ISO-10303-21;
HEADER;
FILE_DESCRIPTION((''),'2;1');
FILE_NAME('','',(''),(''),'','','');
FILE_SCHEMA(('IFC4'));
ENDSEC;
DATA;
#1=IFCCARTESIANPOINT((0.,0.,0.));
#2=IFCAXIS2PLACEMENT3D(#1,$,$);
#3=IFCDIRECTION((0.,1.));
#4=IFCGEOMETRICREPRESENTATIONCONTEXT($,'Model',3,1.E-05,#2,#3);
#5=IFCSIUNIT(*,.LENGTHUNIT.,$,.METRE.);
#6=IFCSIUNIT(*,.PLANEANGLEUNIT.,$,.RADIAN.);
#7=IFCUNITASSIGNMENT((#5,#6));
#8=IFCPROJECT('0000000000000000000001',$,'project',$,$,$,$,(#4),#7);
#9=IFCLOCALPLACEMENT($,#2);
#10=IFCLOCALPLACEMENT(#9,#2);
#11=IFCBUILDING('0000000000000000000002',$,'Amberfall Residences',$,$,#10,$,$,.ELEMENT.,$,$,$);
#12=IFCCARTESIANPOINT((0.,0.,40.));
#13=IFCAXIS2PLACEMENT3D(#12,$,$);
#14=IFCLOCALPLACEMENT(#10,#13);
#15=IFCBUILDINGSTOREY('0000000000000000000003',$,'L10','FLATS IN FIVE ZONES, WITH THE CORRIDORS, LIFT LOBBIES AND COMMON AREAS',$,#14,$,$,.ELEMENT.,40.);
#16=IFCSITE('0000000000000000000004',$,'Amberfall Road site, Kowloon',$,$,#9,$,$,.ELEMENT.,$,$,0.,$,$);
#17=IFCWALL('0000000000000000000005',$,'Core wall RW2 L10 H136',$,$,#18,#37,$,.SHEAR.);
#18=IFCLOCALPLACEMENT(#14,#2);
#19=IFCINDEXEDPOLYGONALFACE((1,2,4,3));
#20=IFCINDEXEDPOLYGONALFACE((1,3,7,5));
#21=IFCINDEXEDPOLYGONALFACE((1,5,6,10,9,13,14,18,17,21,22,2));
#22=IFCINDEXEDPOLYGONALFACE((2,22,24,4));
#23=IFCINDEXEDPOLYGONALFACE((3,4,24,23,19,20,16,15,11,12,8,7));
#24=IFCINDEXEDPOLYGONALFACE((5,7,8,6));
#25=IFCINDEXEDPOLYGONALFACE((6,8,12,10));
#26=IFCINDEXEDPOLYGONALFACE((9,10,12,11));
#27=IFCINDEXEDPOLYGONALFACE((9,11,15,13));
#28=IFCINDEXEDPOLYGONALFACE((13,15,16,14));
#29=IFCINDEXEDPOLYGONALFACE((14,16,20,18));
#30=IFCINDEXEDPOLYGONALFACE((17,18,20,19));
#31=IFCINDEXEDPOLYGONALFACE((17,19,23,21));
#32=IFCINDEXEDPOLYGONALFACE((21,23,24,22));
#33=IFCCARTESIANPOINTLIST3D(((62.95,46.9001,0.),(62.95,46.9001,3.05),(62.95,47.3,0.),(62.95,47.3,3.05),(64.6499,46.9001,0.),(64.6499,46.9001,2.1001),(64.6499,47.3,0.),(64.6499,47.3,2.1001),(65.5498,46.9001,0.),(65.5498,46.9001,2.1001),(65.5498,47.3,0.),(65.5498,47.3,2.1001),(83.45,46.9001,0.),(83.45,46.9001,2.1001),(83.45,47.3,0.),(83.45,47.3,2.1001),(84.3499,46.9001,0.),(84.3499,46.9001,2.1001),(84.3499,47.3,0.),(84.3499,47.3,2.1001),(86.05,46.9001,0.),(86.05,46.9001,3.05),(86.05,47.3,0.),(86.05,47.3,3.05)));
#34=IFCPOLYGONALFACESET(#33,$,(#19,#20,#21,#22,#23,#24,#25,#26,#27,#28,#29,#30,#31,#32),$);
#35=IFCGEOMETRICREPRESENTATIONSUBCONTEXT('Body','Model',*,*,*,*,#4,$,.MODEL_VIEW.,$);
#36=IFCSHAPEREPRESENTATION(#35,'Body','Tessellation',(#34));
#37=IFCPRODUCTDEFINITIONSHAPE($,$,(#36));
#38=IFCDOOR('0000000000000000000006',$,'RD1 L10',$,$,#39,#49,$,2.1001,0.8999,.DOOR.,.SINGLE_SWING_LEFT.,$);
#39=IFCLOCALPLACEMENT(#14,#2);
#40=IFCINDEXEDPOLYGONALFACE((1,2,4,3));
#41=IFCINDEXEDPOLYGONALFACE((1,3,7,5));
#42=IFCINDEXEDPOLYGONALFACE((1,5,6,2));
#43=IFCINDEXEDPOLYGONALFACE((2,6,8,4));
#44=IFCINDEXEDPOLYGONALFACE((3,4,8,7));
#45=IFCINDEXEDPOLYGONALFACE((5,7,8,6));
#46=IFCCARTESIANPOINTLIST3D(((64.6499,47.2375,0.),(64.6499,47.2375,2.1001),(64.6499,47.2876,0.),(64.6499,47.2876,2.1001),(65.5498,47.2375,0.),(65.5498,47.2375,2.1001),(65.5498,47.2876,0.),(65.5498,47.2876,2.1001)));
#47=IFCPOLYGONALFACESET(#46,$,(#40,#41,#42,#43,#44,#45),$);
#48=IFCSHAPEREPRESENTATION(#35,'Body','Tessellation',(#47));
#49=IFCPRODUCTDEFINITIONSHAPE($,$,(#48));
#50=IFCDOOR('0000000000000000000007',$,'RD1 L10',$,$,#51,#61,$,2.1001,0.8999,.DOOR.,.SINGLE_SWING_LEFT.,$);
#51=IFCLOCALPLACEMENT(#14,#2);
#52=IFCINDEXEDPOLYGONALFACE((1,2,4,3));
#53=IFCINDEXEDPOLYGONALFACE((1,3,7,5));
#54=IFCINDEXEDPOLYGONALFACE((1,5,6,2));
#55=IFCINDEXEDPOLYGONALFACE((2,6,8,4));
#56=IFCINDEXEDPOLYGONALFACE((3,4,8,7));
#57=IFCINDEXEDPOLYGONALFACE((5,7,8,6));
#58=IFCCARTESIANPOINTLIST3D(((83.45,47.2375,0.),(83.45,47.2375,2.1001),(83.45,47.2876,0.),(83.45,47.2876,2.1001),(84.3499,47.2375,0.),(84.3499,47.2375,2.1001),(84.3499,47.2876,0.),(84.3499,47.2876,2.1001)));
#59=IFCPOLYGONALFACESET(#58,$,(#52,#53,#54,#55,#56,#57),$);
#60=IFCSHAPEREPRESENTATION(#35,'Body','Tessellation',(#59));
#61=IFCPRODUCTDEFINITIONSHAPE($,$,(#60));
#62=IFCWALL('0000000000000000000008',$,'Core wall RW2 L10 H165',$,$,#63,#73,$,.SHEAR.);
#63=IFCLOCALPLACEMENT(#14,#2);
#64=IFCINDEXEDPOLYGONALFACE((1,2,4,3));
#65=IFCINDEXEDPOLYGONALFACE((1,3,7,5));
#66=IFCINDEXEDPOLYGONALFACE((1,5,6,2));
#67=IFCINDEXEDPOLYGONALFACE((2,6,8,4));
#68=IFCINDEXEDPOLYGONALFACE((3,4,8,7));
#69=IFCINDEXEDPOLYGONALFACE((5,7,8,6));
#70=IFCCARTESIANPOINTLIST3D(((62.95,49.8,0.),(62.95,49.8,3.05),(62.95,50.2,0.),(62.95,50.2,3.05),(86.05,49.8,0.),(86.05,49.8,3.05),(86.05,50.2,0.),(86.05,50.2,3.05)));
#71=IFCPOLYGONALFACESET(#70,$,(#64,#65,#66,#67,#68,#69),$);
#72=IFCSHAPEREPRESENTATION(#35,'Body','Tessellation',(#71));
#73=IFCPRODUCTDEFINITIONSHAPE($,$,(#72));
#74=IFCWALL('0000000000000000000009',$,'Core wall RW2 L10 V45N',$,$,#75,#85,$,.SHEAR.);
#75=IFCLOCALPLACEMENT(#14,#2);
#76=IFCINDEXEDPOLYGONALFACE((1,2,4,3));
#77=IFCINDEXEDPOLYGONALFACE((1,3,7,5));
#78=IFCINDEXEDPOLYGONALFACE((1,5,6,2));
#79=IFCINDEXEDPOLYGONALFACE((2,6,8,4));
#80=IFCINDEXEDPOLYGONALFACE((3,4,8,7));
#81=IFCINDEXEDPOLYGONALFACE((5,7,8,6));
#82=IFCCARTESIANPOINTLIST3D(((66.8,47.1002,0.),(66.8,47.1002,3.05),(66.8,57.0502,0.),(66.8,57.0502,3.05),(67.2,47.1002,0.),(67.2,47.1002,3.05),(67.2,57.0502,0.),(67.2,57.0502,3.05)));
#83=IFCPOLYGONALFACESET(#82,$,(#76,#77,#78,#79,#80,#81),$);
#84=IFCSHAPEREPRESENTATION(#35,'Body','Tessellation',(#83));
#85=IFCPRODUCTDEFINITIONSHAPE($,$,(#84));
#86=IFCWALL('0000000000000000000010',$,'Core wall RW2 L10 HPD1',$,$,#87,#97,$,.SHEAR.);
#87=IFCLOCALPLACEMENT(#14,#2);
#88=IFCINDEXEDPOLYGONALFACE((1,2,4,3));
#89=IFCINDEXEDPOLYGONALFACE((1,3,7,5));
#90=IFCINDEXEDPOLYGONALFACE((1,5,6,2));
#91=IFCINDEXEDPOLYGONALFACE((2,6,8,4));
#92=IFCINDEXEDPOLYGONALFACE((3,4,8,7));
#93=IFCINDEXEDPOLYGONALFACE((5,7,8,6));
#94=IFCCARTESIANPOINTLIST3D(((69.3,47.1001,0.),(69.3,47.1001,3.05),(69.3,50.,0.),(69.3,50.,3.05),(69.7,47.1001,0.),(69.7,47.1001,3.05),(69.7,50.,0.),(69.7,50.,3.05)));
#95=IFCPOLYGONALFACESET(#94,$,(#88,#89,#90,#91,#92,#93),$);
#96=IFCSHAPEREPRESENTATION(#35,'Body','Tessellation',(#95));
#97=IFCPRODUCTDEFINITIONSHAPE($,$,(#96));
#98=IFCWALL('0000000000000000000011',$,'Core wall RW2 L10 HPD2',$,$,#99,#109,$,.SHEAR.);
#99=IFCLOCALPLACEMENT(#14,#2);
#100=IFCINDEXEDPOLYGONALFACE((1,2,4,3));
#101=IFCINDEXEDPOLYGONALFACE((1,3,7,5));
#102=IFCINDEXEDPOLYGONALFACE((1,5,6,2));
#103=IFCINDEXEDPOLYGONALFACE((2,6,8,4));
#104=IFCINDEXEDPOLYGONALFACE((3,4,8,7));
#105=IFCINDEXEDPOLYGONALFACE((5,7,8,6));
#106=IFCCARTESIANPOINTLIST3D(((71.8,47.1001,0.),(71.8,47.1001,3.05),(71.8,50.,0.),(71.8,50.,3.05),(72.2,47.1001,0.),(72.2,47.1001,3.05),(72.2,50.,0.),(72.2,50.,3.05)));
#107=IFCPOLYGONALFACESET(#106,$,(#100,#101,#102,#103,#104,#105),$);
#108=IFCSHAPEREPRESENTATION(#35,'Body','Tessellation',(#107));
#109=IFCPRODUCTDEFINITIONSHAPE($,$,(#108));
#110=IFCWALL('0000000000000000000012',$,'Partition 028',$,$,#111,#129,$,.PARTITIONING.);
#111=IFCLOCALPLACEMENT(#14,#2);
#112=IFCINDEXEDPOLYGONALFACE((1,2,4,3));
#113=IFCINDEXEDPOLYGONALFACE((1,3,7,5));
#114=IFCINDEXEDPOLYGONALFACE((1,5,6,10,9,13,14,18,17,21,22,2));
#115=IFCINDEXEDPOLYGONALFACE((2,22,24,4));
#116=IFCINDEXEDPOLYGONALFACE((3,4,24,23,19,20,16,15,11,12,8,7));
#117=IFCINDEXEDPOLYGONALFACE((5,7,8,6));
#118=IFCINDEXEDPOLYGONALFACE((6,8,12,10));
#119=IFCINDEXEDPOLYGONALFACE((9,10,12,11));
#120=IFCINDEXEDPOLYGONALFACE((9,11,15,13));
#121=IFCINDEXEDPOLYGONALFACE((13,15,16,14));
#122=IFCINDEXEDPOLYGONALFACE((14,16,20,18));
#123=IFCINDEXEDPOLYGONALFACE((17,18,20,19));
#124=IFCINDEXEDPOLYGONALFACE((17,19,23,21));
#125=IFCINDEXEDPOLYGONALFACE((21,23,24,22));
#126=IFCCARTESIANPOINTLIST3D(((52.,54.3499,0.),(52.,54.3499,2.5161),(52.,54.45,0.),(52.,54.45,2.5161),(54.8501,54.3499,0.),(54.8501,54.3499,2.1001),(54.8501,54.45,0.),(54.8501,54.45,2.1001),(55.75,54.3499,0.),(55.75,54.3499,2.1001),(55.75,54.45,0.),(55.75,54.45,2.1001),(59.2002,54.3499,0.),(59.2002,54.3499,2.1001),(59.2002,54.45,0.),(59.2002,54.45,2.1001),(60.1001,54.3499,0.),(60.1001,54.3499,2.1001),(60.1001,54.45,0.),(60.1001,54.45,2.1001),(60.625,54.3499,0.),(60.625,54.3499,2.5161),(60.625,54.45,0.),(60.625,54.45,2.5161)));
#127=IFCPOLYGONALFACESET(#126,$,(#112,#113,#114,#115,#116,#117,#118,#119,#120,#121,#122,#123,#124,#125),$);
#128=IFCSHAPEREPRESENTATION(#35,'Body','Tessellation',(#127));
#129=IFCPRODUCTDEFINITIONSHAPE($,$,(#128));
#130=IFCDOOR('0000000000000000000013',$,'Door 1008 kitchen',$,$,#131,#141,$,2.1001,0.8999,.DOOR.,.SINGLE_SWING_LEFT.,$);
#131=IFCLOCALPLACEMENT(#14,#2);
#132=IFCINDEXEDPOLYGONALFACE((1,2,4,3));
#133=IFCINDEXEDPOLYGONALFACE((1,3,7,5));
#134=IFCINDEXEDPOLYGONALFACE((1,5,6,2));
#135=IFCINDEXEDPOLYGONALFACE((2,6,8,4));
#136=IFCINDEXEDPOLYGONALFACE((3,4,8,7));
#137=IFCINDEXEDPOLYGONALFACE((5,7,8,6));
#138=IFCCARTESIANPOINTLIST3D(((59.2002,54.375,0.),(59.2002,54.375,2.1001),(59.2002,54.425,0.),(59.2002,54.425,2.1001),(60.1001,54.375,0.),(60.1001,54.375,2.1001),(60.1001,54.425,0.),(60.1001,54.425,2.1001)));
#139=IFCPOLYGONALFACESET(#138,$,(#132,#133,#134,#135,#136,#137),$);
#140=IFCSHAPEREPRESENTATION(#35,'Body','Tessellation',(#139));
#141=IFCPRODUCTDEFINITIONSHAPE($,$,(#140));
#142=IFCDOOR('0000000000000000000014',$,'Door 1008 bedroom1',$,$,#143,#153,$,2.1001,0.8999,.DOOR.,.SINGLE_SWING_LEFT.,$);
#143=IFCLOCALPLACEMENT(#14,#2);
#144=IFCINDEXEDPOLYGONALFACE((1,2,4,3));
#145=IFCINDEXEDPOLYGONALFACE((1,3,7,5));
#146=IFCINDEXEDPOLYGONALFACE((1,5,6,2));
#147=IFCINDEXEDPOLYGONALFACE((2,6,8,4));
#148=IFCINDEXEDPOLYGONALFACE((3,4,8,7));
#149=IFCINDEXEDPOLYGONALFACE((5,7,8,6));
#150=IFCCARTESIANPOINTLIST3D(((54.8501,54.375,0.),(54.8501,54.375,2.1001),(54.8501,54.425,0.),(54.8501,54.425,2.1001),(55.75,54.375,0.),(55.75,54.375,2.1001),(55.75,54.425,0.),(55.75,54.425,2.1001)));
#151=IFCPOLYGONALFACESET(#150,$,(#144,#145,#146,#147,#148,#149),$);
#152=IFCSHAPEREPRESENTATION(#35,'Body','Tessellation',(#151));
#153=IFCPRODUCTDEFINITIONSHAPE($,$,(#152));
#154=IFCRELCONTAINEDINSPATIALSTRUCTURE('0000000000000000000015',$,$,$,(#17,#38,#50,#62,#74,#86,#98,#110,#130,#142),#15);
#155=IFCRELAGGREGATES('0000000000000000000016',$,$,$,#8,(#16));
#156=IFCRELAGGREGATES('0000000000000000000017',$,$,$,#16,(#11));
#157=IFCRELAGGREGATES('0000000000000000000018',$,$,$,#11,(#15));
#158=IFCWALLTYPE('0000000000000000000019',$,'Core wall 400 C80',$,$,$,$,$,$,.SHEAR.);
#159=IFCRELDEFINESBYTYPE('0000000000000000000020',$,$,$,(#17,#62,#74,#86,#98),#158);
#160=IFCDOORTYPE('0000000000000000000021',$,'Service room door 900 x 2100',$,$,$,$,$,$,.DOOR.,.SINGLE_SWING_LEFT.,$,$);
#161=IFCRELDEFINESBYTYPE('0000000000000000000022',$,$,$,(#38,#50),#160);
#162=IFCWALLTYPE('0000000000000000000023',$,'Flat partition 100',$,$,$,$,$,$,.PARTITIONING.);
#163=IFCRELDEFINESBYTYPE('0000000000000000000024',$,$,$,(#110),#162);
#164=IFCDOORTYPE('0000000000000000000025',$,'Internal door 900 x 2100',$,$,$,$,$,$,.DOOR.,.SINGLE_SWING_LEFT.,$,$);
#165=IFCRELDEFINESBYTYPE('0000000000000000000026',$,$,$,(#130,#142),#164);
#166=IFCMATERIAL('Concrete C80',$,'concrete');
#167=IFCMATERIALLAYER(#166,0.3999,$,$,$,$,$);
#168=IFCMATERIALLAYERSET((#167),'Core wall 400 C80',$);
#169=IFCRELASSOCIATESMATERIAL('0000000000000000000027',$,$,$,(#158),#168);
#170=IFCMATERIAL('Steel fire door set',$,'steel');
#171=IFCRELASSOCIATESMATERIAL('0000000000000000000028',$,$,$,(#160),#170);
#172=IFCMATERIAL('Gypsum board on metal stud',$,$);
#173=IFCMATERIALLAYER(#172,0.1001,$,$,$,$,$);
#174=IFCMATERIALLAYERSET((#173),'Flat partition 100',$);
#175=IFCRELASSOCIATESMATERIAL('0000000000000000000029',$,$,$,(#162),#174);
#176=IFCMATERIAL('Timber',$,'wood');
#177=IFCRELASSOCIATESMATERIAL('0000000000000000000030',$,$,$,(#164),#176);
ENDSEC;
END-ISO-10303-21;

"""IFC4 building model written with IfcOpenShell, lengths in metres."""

from ifc_helpers import new_model, si_unit, direction, frame, frame_2d, origin, place, context, subcontext, project, spatial, rectangle, extrude, material, layer, layer_set, type_object, element, fill, save


model = new_model("IFC4")

# Units and contexts
model_context = context("Model", 3, precision=1e-05, world=origin(), true_north=direction((0.0, 1.0)))
body_context = subcontext(model_context, "Body", "Model", "MODEL_VIEW")
ifc_project = project(units=[si_unit("LENGTHUNIT", "METRE"), si_unit("PLANEANGLEUNIT", "RADIAN")], contexts=[model_context])

# Site, building, storey
site_placement = place(None, origin())
site = spatial("IfcSite", under=ifc_project, at=site_placement, Name="Amberfall Road site, Kowloon", CompositionType="ELEMENT", RefElevation=0.0)
building_placement = place(site_placement, origin())
building = spatial("IfcBuilding", under=site, at=building_placement, Name="Amberfall Residences", CompositionType="ELEMENT")
storey_placement = place(building_placement, frame((0.0, 0.0, 40.0)))
storey = spatial("IfcBuildingStorey", under=building, at=storey_placement, Name="L10", Description="FLATS IN FIVE ZONES, WITH THE CORRIDORS, LIFT LOBBIES AND COMMON AREAS", CompositionType="ELEMENT", Elevation=40.0)

# Wall, openings, doors
ifc_material_1 = material(Name="Concrete C80", Category="concrete")
ifc_layer_1 = layer(ifc_material_1, 0.3999)
ifc_layer_set_1 = layer_set([ifc_layer_1], Name="Core wall 400 C80")
wall_type_1 = type_object("IfcWallType", Name="Core wall 400 C80", PredefinedType="SHEAR", material=ifc_layer_set_1)
wall_1_placement = place(storey_placement, frame((62.95, 47.1001, 0.0), z_axis=(0.0, 0.0, 1.0), x_axis=(1.0, 0.0, 0.0)))
wall_1 = element("IfcWall", 1, at=wall_1_placement, inside=storey, type_object=wall_type_1, Name="Core wall RW2 L10 H136", PredefinedType="SHEAR", context=body_context, shape_type="SweptSolid", body=[
    extrude(rectangle(XDim=23.1001, YDim=0.3999, at=frame_2d((11.55, 0.0))), origin(), (0.0, 0.0, 1.0), 3.05),
])
opening_1_placement = place(wall_1_placement, frame((1.7, 0.0, 0.0)))
opening_1 = element("IfcOpeningElement", 2, at=opening_1_placement, cuts=wall_1, PredefinedType="OPENING", context=body_context, shape_type="SweptSolid", body=[
    extrude(rectangle(XDim=0.8999, YDim=2.1001, at=frame_2d((0.45, 1.05))), frame((0.0, 0.21, 0.0), z_axis=(0.0, -1.0, 0.0), x_axis=(1.0, 0.0, 0.0)), (0.0, 0.0, 1.0), 0.4199),
])
opening_2_placement = place(wall_1_placement, frame((20.5, 0.0, 0.0)))
opening_2 = element("IfcOpeningElement", 3, at=opening_2_placement, cuts=wall_1, PredefinedType="OPENING", context=body_context, shape_type="SweptSolid", body=[
    extrude(rectangle(XDim=0.8999, YDim=2.1001, at=frame_2d((0.45, 1.05))), frame((0.0, 0.21, 0.0), z_axis=(0.0, -1.0, 0.0), x_axis=(1.0, 0.0, 0.0)), (0.0, 0.0, 1.0), 0.4199),
])
ifc_material_2 = material(Name="Steel fire door set", Category="steel")
door_type_1 = type_object("IfcDoorType", Name="Service room door 900 x 2100", OperationType="SINGLE_SWING_LEFT", PredefinedType="DOOR", material=ifc_material_2)
door_1_placement = place(opening_1_placement, origin())
door_1 = element("IfcDoor", 4, at=door_1_placement, inside=storey, type_object=door_type_1, Name="RD1 L10", OperationType="SINGLE_SWING_LEFT", OverallHeight=2.1001, OverallWidth=0.8999, PredefinedType="DOOR", context=body_context, shape_type="SweptSolid", body=[
    extrude(rectangle(XDim=0.8999, YDim=2.1001, at=frame_2d((0.45, 1.05))), frame((0.0, 0.1875, 0.0), z_axis=(0.0, -1.0, 0.0), x_axis=(1.0, 0.0, 0.0)), (0.0, 0.0, 1.0), 0.05),
])
fill(opening_1, door_1)
door_2_placement = place(opening_2_placement, origin())
door_2 = element("IfcDoor", 5, at=door_2_placement, inside=storey, type_object=door_type_1, Name="RD1 L10", OperationType="SINGLE_SWING_LEFT", OverallHeight=2.1001, OverallWidth=0.8999, PredefinedType="DOOR", context=body_context, shape_type="SweptSolid", body=[
    extrude(rectangle(XDim=0.8999, YDim=2.1001, at=frame_2d((0.45, 1.05))), frame((0.0, 0.1875, 0.0), z_axis=(0.0, -1.0, 0.0), x_axis=(1.0, 0.0, 0.0)), (0.0, 0.0, 1.0), 0.05),
])
fill(opening_2, door_2)

# Walls
wall_2_placement = place(storey_placement, frame((62.95, 50.0, 0.0), z_axis=(0.0, 0.0, 1.0), x_axis=(1.0, 0.0, 0.0)))
element("IfcWall", 6, at=wall_2_placement, inside=storey, type_object=wall_type_1, Name="Core wall RW2 L10 H165", PredefinedType="SHEAR", context=body_context, shape_type="SweptSolid", body=[
    extrude(rectangle(XDim=23.1001, YDim=0.3999, at=frame_2d((11.55, 0.0))), origin(), (0.0, 0.0, 1.0), 3.05),
])
wall_3_placement = place(storey_placement, frame((67.0, 47.1001, 0.0), z_axis=(0.0, 0.0, 1.0), x_axis=(0.0, 1.0, 0.0)))
element("IfcWall", 7, at=wall_3_placement, inside=storey, type_object=wall_type_1, Name="Core wall RW2 L10 V45N", PredefinedType="SHEAR", context=body_context, shape_type="SweptSolid", body=[
    extrude(rectangle(XDim=9.95, YDim=0.3999, at=frame_2d((4.9751, 0.0))), origin(), (0.0, 0.0, 1.0), 3.05),
])
for number, where, z_axis, x_axis, name in (
    (8, (69.5, 47.1001, 0.0), (0.0, 0.0, 1.0), (0.0, 1.0, 0.0), "Core wall RW2 L10 HPD1"),
    (9, (72.0, 47.1001, 0.0), (0.0, 0.0, 1.0), (0.0, 1.0, 0.0), "Core wall RW2 L10 HPD2"),
):
    element("IfcWall", number, at=place(storey_placement, frame(where, z_axis=z_axis, x_axis=x_axis)), inside=storey, type_object=wall_type_1, Name=name, PredefinedType="SHEAR", context=body_context, shape_type="SweptSolid", body=[
        extrude(rectangle(XDim=2.8999, YDim=0.3999, at=frame_2d((1.45, 0.0))), origin(), (0.0, 0.0, 1.0), 3.05),
    ])

# Wall, openings, doors
ifc_material_3 = material(Name="Gypsum board on metal stud")
ifc_layer_2 = layer(ifc_material_3, 0.1001)
ifc_layer_set_2 = layer_set([ifc_layer_2], Name="Flat partition 100")
wall_type_2 = type_object("IfcWallType", Name="Flat partition 100", PredefinedType="PARTITIONING", material=ifc_layer_set_2)
wall_4_placement = place(storey_placement, frame((60.625, 54.3999, 0.0), z_axis=(0.0, 0.0, 1.0), x_axis=(-1.0, 0.0, 0.0)))
wall_4 = element("IfcWall", 10, at=wall_4_placement, inside=storey, type_object=wall_type_2, Name="Partition 028", PredefinedType="PARTITIONING", context=body_context, shape_type="SweptSolid", body=[
    extrude(rectangle(XDim=8.625, YDim=0.1001, at=frame_2d((4.3125, 0.0))), origin(), (0.0, 0.0, 1.0), 2.5161),
])
opening_3_placement = place(wall_4_placement, frame((0.5249, 0.0, 0.0)))
opening_3 = element("IfcOpeningElement", 11, at=opening_3_placement, cuts=wall_4, PredefinedType="OPENING", context=body_context, shape_type="SweptSolid", body=[
    extrude(rectangle(XDim=0.8999, YDim=2.1001, at=frame_2d((0.45, 1.05))), frame((0.0, 0.0601, 0.0), z_axis=(0.0, -1.0, 0.0), x_axis=(1.0, 0.0, 0.0)), (0.0, 0.0, 1.0), 0.1201),
])
opening_4_placement = place(wall_4_placement, frame((4.875, 0.0, 0.0)))
opening_4 = element("IfcOpeningElement", 12, at=opening_4_placement, cuts=wall_4, PredefinedType="OPENING", context=body_context, shape_type="SweptSolid", body=[
    extrude(rectangle(XDim=0.8999, YDim=2.1001, at=frame_2d((0.45, 1.05))), frame((0.0, 0.0601, 0.0), z_axis=(0.0, -1.0, 0.0), x_axis=(1.0, 0.0, 0.0)), (0.0, 0.0, 1.0), 0.1201),
])
ifc_material_4 = material(Name="Timber", Category="wood")
door_type_2 = type_object("IfcDoorType", Name="Internal door 900 x 2100", OperationType="SINGLE_SWING_LEFT", PredefinedType="DOOR", material=ifc_material_4)
door_3_placement = place(opening_3_placement, origin())
door_3 = element("IfcDoor", 13, at=door_3_placement, inside=storey, type_object=door_type_2, Name="Door 1008 kitchen", OperationType="SINGLE_SWING_LEFT", OverallHeight=2.1001, OverallWidth=0.8999, PredefinedType="DOOR", context=body_context, shape_type="SweptSolid", body=[
    extrude(rectangle(XDim=0.8999, YDim=2.1001, at=frame_2d((0.45, 1.05))), frame((0.0, 0.0249, 0.0), z_axis=(0.0, -1.0, 0.0), x_axis=(1.0, 0.0, 0.0)), (0.0, 0.0, 1.0), 0.05),
])
fill(opening_3, door_3)
door_4_placement = place(opening_4_placement, origin())
door_4 = element("IfcDoor", 14, at=door_4_placement, inside=storey, type_object=door_type_2, Name="Door 1008 bedroom1", OperationType="SINGLE_SWING_LEFT", OverallHeight=2.1001, OverallWidth=0.8999, PredefinedType="DOOR", context=body_context, shape_type="SweptSolid", body=[
    extrude(rectangle(XDim=0.8999, YDim=2.1001, at=frame_2d((0.45, 1.05))), frame((0.0, 0.0249, 0.0), z_axis=(0.0, -1.0, 0.0), x_axis=(1.0, 0.0, 0.0)), (0.0, 0.0, 1.0), 0.05),
])
fill(opening_4, door_4)

save(model, "model.ifc")
